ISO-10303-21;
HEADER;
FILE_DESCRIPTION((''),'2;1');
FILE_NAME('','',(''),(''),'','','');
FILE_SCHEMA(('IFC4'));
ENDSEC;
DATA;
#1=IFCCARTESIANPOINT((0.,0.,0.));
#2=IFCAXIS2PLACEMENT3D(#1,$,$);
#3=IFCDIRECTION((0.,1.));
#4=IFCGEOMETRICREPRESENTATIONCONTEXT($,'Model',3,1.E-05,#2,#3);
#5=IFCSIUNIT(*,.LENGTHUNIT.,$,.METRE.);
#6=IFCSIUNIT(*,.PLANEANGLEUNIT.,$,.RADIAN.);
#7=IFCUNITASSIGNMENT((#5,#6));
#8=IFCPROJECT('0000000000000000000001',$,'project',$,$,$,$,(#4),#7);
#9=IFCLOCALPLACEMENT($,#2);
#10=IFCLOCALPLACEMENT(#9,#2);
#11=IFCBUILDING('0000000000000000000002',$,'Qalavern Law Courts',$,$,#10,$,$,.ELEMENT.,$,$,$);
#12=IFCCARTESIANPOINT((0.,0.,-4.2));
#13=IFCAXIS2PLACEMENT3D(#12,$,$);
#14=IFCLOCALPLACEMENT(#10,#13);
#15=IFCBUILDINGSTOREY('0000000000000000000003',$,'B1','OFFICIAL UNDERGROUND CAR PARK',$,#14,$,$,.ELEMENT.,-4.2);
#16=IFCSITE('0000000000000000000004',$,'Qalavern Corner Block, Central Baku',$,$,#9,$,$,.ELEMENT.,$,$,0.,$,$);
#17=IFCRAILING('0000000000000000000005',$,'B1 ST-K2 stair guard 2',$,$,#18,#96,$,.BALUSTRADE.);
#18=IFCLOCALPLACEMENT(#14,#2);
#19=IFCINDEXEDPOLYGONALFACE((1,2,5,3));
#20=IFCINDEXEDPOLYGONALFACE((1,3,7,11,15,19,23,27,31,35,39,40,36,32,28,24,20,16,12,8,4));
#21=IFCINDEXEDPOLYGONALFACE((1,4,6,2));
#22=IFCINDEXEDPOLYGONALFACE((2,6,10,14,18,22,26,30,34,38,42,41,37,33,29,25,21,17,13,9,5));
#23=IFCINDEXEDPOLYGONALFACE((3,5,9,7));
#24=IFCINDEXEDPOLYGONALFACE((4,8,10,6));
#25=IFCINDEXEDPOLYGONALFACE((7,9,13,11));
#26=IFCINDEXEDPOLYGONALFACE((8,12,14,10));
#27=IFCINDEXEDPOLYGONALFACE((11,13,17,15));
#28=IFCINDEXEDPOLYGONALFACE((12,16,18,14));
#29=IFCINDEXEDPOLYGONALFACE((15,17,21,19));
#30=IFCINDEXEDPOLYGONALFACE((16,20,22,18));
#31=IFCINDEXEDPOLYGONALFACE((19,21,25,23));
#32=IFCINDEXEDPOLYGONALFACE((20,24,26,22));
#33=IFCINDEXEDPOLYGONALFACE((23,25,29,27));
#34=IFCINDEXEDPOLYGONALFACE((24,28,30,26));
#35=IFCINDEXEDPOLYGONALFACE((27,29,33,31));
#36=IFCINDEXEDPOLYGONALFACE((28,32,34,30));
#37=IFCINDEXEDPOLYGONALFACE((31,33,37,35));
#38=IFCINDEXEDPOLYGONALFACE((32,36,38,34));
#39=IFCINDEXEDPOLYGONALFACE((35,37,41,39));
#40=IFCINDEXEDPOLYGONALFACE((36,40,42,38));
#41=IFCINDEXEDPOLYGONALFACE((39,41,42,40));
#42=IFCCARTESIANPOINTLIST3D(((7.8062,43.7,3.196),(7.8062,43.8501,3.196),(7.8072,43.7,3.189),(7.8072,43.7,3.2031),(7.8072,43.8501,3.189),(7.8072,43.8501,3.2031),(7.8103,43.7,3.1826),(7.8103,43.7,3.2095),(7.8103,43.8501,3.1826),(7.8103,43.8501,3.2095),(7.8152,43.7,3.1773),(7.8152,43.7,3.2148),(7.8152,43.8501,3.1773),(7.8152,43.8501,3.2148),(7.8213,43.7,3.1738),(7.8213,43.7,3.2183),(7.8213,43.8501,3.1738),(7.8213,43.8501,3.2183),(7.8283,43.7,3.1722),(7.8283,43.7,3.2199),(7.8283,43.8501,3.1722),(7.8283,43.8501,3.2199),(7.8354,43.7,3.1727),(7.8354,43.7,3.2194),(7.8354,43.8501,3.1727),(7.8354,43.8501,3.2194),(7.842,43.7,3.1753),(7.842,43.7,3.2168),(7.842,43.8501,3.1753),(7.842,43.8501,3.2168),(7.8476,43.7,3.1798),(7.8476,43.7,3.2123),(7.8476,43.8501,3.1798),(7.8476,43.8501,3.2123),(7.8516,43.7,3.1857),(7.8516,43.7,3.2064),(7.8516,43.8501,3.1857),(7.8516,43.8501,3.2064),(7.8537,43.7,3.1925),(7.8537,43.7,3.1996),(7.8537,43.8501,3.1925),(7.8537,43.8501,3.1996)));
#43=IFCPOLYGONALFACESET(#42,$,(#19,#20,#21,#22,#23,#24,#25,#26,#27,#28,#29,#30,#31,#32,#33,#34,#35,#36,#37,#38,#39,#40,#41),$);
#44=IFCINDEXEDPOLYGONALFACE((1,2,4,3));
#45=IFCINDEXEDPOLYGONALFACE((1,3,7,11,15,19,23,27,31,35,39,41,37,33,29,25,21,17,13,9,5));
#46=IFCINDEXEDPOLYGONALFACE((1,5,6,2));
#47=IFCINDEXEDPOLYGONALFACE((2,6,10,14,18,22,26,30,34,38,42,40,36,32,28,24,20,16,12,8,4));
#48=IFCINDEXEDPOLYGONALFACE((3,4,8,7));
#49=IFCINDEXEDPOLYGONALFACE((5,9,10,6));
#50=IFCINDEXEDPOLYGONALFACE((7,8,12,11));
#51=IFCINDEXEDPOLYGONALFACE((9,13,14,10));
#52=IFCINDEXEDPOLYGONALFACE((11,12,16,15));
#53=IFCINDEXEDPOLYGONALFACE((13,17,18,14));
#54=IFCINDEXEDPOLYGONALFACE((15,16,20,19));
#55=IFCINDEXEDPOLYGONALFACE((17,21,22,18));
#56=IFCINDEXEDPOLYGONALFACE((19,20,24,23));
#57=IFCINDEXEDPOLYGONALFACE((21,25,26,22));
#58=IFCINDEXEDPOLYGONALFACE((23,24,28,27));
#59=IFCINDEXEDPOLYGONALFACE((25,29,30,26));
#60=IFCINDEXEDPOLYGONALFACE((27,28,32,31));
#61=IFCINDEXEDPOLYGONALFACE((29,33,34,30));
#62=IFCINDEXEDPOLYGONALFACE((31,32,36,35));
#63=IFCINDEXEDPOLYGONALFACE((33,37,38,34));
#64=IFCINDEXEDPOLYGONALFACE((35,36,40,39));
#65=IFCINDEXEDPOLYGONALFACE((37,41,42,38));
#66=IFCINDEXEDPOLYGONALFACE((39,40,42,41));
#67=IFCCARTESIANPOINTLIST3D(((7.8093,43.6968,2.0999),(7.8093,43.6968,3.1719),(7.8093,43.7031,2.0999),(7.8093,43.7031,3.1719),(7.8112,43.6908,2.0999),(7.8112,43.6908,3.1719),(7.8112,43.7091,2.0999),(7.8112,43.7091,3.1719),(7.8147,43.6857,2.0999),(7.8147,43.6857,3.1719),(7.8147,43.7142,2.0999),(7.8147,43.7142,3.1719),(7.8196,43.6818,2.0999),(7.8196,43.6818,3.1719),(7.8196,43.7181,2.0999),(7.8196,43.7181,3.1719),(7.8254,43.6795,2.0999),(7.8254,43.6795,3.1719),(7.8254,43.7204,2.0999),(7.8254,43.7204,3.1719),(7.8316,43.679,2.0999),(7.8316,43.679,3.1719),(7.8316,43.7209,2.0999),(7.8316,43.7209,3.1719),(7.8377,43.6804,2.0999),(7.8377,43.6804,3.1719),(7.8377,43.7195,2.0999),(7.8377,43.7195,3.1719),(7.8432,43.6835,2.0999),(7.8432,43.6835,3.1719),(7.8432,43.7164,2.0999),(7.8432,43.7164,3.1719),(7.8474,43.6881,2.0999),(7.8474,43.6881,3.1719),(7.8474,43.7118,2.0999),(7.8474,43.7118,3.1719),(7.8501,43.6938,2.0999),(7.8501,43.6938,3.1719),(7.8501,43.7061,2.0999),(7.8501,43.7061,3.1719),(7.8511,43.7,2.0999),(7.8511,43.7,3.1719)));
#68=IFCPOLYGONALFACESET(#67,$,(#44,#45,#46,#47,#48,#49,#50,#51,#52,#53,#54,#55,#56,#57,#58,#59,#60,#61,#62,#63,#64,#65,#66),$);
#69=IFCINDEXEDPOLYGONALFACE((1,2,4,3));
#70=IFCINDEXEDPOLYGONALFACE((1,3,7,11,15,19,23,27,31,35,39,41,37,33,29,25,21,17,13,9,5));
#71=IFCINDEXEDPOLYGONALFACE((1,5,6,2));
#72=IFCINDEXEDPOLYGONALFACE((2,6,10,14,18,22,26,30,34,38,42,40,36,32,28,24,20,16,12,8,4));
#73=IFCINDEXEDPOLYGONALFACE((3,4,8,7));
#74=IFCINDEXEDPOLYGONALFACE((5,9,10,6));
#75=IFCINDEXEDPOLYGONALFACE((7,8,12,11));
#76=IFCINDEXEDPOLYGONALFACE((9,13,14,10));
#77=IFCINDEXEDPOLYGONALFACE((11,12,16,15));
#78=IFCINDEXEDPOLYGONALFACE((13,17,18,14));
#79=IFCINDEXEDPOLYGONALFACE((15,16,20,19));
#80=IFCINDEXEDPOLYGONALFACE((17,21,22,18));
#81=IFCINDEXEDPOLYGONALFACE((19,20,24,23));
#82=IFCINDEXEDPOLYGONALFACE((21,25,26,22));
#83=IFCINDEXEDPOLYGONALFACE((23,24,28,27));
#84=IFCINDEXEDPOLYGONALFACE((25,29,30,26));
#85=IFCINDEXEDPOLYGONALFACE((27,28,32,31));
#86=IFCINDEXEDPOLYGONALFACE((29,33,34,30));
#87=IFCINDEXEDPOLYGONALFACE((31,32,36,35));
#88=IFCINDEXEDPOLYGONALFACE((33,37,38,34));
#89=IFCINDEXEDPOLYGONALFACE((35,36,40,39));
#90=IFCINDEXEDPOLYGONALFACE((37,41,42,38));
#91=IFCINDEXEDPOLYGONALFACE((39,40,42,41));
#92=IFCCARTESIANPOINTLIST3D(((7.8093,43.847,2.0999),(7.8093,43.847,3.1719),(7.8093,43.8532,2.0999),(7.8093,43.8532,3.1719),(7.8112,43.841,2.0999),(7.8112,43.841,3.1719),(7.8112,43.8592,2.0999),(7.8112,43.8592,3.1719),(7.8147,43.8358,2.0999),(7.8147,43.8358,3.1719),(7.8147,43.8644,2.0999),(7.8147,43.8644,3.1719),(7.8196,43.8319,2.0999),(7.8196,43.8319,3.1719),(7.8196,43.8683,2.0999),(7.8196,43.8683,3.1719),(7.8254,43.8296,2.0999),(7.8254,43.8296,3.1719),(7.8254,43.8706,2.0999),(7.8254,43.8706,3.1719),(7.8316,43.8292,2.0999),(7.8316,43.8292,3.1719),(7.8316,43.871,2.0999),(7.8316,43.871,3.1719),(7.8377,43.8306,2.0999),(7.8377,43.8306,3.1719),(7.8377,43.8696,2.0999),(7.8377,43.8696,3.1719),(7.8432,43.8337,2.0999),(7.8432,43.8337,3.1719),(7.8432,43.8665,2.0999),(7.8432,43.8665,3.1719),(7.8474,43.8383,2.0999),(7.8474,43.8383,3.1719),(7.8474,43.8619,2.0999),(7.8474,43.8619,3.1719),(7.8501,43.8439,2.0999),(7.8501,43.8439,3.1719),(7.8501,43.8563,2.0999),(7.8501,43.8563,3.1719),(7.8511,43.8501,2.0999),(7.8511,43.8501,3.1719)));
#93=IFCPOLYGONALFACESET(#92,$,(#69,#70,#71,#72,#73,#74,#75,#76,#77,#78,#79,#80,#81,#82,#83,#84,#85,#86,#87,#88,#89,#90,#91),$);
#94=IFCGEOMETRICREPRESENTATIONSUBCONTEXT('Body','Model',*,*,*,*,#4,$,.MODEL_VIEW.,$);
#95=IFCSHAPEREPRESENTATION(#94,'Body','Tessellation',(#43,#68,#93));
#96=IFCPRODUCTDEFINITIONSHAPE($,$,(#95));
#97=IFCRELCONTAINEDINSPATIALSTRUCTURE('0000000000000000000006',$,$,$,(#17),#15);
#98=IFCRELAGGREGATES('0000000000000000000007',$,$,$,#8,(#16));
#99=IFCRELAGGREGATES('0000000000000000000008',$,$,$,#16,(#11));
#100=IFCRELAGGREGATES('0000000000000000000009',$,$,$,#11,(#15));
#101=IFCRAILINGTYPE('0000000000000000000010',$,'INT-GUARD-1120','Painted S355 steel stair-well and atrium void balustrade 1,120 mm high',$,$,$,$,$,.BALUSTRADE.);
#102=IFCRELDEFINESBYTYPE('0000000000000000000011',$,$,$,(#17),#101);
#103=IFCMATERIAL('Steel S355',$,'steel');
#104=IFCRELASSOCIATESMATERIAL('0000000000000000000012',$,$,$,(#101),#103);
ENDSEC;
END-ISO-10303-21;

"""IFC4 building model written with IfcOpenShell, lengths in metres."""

from ifc_helpers import new_model, si_unit, direction, frame, origin, origin_2d, place, context, subcontext, project, spatial, circle, extrude, material, type_object, element, save


model = new_model("IFC4")

# Units and contexts
model_context = context("Model", 3, precision=1e-05, world=origin(), true_north=direction((0.0, 1.0)))
body_context = subcontext(model_context, "Body", "Model", "MODEL_VIEW")
ifc_project = project(units=[si_unit("LENGTHUNIT", "METRE"), si_unit("PLANEANGLEUNIT", "RADIAN")], contexts=[model_context])

# Site, building, storey
site_placement = place(None, origin())
site = spatial("IfcSite", under=ifc_project, at=site_placement, Name="Qalavern Corner Block, Central Baku", CompositionType="ELEMENT", RefElevation=0.0)
building_placement = place(site_placement, origin())
building = spatial("IfcBuilding", under=site, at=building_placement, Name="Qalavern Law Courts", CompositionType="ELEMENT")
storey_placement = place(building_placement, frame((0.0, 0.0, -4.2)))
storey = spatial("IfcBuildingStorey", under=building, at=storey_placement, Name="B1", Description="OFFICIAL UNDERGROUND CAR PARK", CompositionType="ELEMENT", Elevation=-4.2)

# Shared definitions
ifc_material_1 = material(Name="Steel S355", Category="steel")

# Railing
railing_type_1 = type_object("IfcRailingType", Name="INT-GUARD-1120", Description="Painted S355 steel stair-well and atrium void balustrade 1,120 mm high", PredefinedType="BALUSTRADE", material=ifc_material_1)
railing_1_placement = place(storey_placement, frame((7.8301, 43.7, 2.0999)))
element("IfcRailing", 1, at=railing_1_placement, inside=storey, type_object=railing_type_1, Name="B1 ST-K2 stair guard 2", PredefinedType="BALUSTRADE", context=body_context, shape_type="SweptSolid", body=[
    extrude(circle(Radius=0.0239, at=origin_2d()), frame((0.0, 0.0, 1.0962), z_axis=(0.0, 1.0, 0.0), x_axis=(-1.0, 0.0, 0.0)), (0.0, 0.0, 1.0), 0.1501),
    extrude(circle(Radius=0.021, at=origin_2d()), origin(), (0.0, 0.0, 1.0), 1.072),
    extrude(circle(Radius=0.021, at=origin_2d()), frame((0.0, 0.1501, 0.0)), (0.0, 0.0, 1.0), 1.072),
])

save(model, "model.ifc")
